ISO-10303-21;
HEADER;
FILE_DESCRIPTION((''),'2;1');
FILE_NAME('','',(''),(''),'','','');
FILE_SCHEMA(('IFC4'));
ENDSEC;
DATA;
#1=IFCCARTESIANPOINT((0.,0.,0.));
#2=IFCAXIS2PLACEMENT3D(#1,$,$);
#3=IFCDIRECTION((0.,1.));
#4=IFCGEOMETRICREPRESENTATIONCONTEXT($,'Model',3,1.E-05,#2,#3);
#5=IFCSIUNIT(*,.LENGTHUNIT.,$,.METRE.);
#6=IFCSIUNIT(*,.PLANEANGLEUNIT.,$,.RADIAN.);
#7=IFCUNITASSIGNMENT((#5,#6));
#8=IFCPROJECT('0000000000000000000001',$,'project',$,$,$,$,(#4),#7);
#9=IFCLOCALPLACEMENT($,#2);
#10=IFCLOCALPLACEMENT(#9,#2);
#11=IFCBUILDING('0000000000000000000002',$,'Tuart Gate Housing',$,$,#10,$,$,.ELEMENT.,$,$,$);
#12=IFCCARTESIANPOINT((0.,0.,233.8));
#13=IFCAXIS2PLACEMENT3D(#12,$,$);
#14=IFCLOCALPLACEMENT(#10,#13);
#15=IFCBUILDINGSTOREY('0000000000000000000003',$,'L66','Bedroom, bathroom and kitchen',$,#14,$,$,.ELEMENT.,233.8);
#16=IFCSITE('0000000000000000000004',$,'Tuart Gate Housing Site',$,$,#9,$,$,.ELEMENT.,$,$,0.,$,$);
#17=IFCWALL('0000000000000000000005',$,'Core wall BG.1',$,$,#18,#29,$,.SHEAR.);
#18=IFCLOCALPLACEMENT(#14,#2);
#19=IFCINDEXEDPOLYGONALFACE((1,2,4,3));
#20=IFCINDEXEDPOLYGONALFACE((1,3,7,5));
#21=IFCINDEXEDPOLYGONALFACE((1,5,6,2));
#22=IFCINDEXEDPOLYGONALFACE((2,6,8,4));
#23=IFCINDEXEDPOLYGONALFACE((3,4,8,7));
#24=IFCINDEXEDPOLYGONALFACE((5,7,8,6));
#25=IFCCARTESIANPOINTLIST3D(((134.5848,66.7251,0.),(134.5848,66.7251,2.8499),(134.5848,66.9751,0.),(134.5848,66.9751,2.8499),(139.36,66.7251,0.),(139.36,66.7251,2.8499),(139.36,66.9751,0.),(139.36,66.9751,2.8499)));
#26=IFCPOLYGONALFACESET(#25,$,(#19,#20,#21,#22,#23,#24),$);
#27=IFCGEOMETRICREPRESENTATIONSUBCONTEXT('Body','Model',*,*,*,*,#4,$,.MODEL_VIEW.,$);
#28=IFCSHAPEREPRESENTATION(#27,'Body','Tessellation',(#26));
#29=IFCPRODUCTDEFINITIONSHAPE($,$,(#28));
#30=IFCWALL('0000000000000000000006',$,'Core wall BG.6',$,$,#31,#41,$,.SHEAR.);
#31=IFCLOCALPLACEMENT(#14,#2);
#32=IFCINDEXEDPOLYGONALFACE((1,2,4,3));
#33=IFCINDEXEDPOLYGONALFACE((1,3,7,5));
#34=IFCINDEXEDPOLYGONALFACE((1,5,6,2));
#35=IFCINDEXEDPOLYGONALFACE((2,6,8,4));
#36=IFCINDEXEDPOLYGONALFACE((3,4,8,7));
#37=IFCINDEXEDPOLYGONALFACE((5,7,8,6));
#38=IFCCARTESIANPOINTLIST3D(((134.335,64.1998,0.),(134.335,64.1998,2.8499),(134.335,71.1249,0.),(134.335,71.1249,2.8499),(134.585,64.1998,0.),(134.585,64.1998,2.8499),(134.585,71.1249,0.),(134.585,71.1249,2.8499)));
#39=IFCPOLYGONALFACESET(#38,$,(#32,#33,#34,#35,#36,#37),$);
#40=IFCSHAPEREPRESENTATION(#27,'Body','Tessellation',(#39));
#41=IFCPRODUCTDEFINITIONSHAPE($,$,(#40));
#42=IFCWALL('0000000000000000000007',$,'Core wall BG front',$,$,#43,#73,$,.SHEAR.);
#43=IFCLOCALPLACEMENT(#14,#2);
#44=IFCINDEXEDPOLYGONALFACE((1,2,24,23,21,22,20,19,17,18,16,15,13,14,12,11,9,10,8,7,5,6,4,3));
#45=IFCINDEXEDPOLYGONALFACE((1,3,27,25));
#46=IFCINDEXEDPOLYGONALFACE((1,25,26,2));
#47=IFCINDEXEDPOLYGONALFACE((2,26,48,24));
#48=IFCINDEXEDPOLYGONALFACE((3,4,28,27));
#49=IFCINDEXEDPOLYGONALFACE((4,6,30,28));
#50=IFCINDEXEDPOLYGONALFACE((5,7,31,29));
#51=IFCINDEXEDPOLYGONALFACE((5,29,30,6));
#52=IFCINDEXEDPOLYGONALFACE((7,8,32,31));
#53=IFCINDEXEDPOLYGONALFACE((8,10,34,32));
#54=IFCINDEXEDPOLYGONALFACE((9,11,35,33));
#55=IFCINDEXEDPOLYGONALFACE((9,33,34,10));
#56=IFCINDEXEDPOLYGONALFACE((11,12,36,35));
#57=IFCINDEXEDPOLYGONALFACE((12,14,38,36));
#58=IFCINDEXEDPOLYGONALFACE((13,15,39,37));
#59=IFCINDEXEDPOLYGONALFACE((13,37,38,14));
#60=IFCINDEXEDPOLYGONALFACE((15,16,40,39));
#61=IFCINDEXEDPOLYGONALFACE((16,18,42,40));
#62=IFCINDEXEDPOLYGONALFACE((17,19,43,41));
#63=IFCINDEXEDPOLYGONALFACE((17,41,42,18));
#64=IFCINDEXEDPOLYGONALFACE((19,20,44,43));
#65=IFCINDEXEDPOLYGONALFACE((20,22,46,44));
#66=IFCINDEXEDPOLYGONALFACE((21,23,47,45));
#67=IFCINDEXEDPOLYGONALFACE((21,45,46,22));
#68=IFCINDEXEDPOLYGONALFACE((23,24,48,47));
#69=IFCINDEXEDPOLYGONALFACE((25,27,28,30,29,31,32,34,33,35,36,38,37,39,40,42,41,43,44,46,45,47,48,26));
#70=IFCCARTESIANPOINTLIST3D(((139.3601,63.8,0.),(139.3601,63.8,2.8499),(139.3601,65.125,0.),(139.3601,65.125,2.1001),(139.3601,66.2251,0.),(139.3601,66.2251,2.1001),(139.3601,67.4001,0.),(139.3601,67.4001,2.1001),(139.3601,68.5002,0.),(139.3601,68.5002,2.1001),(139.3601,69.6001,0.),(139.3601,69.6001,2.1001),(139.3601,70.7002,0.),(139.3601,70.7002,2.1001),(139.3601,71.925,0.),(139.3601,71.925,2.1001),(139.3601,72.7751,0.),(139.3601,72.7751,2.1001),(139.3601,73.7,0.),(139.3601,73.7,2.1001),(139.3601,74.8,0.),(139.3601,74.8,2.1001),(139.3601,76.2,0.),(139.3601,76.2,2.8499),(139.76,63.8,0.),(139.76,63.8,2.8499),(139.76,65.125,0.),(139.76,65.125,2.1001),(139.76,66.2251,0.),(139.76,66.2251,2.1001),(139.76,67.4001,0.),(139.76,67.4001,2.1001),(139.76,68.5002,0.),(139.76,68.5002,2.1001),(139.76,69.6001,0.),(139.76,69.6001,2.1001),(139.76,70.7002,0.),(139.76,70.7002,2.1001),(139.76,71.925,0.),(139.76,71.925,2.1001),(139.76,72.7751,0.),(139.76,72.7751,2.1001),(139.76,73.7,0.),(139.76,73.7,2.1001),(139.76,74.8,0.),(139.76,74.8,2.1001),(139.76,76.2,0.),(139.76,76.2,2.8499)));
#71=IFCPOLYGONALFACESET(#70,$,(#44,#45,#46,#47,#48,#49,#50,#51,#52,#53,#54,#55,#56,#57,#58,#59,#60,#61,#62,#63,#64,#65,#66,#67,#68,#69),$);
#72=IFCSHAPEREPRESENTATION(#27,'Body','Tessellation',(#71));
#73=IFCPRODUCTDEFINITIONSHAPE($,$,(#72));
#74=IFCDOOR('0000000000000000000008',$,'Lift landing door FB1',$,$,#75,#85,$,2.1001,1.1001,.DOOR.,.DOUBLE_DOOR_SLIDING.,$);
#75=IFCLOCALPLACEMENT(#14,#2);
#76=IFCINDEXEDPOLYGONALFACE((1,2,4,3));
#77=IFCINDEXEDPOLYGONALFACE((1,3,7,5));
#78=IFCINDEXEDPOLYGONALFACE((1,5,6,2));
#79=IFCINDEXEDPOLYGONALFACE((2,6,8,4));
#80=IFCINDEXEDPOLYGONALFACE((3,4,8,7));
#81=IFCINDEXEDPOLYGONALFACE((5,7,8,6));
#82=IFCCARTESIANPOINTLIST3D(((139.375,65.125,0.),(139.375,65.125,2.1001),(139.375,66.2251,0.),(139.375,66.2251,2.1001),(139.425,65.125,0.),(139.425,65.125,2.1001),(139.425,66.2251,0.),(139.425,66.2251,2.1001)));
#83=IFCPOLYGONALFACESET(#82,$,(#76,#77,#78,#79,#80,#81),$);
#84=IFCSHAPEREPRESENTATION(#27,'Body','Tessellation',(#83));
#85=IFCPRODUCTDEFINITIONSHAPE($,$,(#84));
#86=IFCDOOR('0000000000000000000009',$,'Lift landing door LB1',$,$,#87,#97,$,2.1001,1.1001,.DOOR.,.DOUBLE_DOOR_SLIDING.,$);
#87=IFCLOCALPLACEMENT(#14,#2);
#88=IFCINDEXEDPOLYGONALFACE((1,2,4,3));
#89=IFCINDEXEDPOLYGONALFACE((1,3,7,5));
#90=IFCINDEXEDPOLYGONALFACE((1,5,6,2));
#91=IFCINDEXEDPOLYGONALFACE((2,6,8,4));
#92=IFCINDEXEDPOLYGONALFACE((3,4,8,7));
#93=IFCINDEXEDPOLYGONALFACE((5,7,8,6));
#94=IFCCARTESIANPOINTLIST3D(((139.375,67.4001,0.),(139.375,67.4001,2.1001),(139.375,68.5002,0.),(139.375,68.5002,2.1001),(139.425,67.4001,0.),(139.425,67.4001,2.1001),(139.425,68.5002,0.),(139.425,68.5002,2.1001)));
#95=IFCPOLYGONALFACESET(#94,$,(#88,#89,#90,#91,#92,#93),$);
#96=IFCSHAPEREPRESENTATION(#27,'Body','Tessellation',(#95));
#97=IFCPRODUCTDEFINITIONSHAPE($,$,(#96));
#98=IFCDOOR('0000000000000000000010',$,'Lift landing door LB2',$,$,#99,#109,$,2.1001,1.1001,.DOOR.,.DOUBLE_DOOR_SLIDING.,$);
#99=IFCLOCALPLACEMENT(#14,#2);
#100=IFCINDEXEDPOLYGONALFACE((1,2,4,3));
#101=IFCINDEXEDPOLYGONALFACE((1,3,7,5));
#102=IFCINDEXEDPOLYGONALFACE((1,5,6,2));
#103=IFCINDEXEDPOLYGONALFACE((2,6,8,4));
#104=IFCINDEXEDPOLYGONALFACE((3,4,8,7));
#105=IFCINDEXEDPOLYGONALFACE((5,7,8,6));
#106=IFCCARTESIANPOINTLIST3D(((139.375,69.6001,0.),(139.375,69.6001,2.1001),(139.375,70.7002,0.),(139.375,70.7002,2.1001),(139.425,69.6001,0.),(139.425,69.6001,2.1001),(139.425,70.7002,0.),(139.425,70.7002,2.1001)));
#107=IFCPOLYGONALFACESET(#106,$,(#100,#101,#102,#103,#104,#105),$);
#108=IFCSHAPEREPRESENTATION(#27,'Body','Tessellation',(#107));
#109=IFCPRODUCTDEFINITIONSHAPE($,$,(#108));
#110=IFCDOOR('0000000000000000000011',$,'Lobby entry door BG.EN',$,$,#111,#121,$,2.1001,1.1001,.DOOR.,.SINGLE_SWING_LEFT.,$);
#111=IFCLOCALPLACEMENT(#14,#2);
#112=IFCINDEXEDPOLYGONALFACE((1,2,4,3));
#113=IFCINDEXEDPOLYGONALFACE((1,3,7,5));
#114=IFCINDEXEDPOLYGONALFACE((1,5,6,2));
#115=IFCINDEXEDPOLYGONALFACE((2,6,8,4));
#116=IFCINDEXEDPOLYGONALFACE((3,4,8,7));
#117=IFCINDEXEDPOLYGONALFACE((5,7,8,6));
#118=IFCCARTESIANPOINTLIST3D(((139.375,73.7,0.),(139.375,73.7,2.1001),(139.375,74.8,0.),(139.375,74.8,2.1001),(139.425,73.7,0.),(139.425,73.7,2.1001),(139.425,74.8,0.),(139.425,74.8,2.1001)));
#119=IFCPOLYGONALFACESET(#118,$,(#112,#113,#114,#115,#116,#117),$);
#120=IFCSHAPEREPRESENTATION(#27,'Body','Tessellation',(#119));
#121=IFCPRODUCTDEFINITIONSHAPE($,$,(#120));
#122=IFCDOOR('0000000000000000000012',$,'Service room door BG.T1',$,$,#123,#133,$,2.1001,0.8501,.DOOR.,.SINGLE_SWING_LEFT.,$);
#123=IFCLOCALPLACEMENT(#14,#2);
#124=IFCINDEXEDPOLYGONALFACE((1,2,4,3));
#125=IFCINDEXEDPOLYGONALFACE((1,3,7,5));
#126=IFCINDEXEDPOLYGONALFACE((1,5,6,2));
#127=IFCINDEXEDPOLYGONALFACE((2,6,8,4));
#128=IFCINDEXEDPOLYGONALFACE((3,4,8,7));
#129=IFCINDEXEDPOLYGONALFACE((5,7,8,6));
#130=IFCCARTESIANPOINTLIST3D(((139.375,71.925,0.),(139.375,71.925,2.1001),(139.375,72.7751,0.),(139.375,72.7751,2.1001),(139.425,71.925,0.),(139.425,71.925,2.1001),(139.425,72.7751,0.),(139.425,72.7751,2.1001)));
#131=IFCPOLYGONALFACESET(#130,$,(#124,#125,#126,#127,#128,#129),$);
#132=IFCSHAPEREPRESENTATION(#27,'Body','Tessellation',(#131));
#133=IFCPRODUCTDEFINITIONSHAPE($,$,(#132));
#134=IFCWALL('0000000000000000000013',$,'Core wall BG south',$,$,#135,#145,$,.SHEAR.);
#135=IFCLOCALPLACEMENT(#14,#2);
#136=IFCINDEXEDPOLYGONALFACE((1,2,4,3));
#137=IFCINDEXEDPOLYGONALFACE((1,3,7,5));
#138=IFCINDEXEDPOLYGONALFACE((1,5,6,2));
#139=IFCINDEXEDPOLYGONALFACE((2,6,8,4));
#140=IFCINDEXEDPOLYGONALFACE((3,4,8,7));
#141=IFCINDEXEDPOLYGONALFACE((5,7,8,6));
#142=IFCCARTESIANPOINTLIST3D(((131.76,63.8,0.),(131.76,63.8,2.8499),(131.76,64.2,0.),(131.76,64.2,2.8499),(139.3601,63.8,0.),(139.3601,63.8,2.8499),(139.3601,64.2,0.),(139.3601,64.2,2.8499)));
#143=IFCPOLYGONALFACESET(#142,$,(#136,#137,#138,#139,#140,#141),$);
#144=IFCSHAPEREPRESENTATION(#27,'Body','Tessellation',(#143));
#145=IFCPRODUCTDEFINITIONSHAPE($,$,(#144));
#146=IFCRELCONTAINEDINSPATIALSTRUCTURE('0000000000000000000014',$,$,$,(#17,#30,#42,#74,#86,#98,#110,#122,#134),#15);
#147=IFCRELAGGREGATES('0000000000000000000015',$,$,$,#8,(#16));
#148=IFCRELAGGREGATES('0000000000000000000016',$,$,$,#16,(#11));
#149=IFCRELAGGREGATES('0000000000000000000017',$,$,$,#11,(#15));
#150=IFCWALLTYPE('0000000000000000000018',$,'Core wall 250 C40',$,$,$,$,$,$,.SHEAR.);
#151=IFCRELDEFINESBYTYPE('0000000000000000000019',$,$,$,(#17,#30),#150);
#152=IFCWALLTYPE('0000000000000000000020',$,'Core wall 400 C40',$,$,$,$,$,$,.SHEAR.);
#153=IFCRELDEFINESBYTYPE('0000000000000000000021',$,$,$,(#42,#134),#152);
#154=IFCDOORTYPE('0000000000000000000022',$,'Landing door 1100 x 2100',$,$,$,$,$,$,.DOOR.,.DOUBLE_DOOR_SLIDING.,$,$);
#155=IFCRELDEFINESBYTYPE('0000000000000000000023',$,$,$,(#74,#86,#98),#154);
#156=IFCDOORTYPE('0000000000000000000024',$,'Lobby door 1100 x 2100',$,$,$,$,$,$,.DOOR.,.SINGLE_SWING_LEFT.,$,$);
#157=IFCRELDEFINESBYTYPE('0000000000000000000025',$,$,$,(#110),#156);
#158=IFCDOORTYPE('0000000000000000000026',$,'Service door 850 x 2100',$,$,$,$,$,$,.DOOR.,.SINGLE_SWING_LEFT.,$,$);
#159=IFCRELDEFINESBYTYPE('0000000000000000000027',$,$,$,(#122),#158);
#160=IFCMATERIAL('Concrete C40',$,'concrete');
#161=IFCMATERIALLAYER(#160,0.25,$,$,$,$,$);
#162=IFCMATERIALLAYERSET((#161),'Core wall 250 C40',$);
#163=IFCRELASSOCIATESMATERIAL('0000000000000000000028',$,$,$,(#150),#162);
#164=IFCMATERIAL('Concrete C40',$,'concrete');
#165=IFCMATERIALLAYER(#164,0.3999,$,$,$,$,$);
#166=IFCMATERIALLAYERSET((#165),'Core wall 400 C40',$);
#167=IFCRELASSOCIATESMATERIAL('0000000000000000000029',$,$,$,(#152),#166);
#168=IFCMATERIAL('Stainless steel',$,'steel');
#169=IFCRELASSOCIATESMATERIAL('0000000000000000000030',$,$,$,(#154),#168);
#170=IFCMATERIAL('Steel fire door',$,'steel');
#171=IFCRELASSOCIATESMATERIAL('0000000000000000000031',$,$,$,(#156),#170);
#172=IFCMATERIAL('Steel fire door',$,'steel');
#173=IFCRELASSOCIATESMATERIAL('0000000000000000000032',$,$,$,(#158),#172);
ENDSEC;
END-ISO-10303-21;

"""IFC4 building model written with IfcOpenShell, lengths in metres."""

from ifc_helpers import new_model, si_unit, direction, frame, frame_2d, origin, place, context, subcontext, project, spatial, rectangle, extrude, material, layer, layer_set, type_object, element, fill, save


model = new_model("IFC4")

# Units and contexts
model_context = context("Model", 3, precision=1e-05, world=origin(), true_north=direction((0.0, 1.0)))
body_context = subcontext(model_context, "Body", "Model", "MODEL_VIEW")
ifc_project = project(units=[si_unit("LENGTHUNIT", "METRE"), si_unit("PLANEANGLEUNIT", "RADIAN")], contexts=[model_context])

# Site, building, storey
site_placement = place(None, origin())
site = spatial("IfcSite", under=ifc_project, at=site_placement, Name="Tuart Gate Housing Site", CompositionType="ELEMENT", RefElevation=0.0)
building_placement = place(site_placement, origin())
building = spatial("IfcBuilding", under=site, at=building_placement, Name="Tuart Gate Housing", CompositionType="ELEMENT")
storey_placement = place(building_placement, frame((0.0, 0.0, 233.8)))
storey = spatial("IfcBuildingStorey", under=building, at=storey_placement, Name="L66", Description="Bedroom, bathroom and kitchen", CompositionType="ELEMENT", Elevation=233.8)

# Walls
ifc_material_1 = material(Name="Concrete C40", Category="concrete")
ifc_layer_1 = layer(ifc_material_1, 0.25)
ifc_layer_set_1 = layer_set([ifc_layer_1], Name="Core wall 250 C40")
wall_type_1 = type_object("IfcWallType", Name="Core wall 250 C40", PredefinedType="SHEAR", material=ifc_layer_set_1)
wall_1_placement = place(storey_placement, frame((139.3601, 66.8501, 0.0), z_axis=(0.0, 0.0, 1.0), x_axis=(-1.0, 0.0, 0.0)))
element("IfcWall", 1, at=wall_1_placement, inside=storey, type_object=wall_type_1, Name="Core wall BG.1", PredefinedType="SHEAR", context=body_context, shape_type="SweptSolid", body=[
    extrude(rectangle(XDim=4.7751, YDim=0.25, at=frame_2d((2.3877, 0.0))), origin(), (0.0, 0.0, 1.0), 2.8499),
])
wall_2_placement = place(storey_placement, frame((134.46, 64.2, 0.0), z_axis=(0.0, 0.0, 1.0), x_axis=(0.0, 1.0, 0.0)))
element("IfcWall", 2, at=wall_2_placement, inside=storey, type_object=wall_type_1, Name="Core wall BG.6", PredefinedType="SHEAR", context=body_context, shape_type="SweptSolid", body=[
    extrude(rectangle(XDim=6.925, YDim=0.25, at=frame_2d((3.4624, 0.0))), origin(), (0.0, 0.0, 1.0), 2.8499),
])

# Wall, openings, doors
ifc_material_2 = material(Name="Concrete C40", Category="concrete")
ifc_layer_2 = layer(ifc_material_2, 0.3999)
ifc_layer_set_2 = layer_set([ifc_layer_2], Name="Core wall 400 C40")
wall_type_2 = type_object("IfcWallType", Name="Core wall 400 C40", PredefinedType="SHEAR", material=ifc_layer_set_2)
wall_3_placement = place(storey_placement, frame((139.5601, 63.8, 0.0), z_axis=(0.0, 0.0, 1.0), x_axis=(0.0, 1.0, 0.0)))
wall_3 = element("IfcWall", 3, at=wall_3_placement, inside=storey, type_object=wall_type_2, Name="Core wall BG front", PredefinedType="SHEAR", context=body_context, shape_type="SweptSolid", body=[
    extrude(rectangle(XDim=12.3999, YDim=0.3999, at=frame_2d((6.2, 0.0))), origin(), (0.0, 0.0, 1.0), 2.8499),
])
opening_1_placement = place(wall_3_placement, frame((1.325, 0.0, 0.0)))
opening_1 = element("IfcOpeningElement", 4, at=opening_1_placement, cuts=wall_3, PredefinedType="OPENING", context=body_context, shape_type="SweptSolid", body=[
    extrude(rectangle(XDim=1.1001, YDim=2.1001, at=frame_2d((0.55, 1.05))), frame((0.0, 0.21, 0.0), z_axis=(0.0, -1.0, 0.0), x_axis=(1.0, 0.0, 0.0)), (0.0, 0.0, 1.0), 0.4199),
])
opening_2_placement = place(wall_3_placement, frame((3.6001, 0.0, 0.0)))
opening_2 = element("IfcOpeningElement", 5, at=opening_2_placement, cuts=wall_3, PredefinedType="OPENING", context=body_context, shape_type="SweptSolid", body=[
    extrude(rectangle(XDim=1.1001, YDim=2.1001, at=frame_2d((0.55, 1.05))), frame((0.0, 0.21, 0.0), z_axis=(0.0, -1.0, 0.0), x_axis=(1.0, 0.0, 0.0)), (0.0, 0.0, 1.0), 0.4199),
])
opening_3_placement = place(wall_3_placement, frame((5.8, 0.0, 0.0)))
opening_3 = element("IfcOpeningElement", 6, at=opening_3_placement, cuts=wall_3, PredefinedType="OPENING", context=body_context, shape_type="SweptSolid", body=[
    extrude(rectangle(XDim=1.1001, YDim=2.1001, at=frame_2d((0.55, 1.05))), frame((0.0, 0.21, 0.0), z_axis=(0.0, -1.0, 0.0), x_axis=(1.0, 0.0, 0.0)), (0.0, 0.0, 1.0), 0.4199),
])
opening_4_placement = place(wall_3_placement, frame((9.8999, 0.0, 0.0)))
opening_4 = element("IfcOpeningElement", 7, at=opening_4_placement, cuts=wall_3, PredefinedType="OPENING", context=body_context, shape_type="SweptSolid", body=[
    extrude(rectangle(XDim=1.1001, YDim=2.1001, at=frame_2d((0.55, 1.05))), frame((0.0, 0.21, 0.0), z_axis=(0.0, -1.0, 0.0), x_axis=(1.0, 0.0, 0.0)), (0.0, 0.0, 1.0), 0.4199),
])
opening_5_placement = place(wall_3_placement, frame((8.125, 0.0, 0.0)))
opening_5 = element("IfcOpeningElement", 8, at=opening_5_placement, cuts=wall_3, PredefinedType="OPENING", context=body_context, shape_type="SweptSolid", body=[
    extrude(rectangle(XDim=0.8501, YDim=2.1001, at=frame_2d((0.425, 1.05))), frame((0.0, 0.21, 0.0), z_axis=(0.0, -1.0, 0.0), x_axis=(1.0, 0.0, 0.0)), (0.0, 0.0, 1.0), 0.4199),
])
ifc_material_3 = material(Name="Stainless steel", Category="steel")
door_type_1 = type_object("IfcDoorType", Name="Landing door 1100 x 2100", OperationType="DOUBLE_DOOR_SLIDING", PredefinedType="DOOR", material=ifc_material_3)
door_1_placement = place(opening_1_placement, origin())
door_1 = element("IfcDoor", 9, at=door_1_placement, inside=storey, type_object=door_type_1, Name="Lift landing door FB1", OperationType="DOUBLE_DOOR_SLIDING", OverallHeight=2.1001, OverallWidth=1.1001, PredefinedType="DOOR", context=body_context, shape_type="SweptSolid", body=[
    extrude(rectangle(XDim=1.1001, YDim=2.1001, at=frame_2d((0.55, 1.05))), frame((0.0, 0.1851, 0.0), z_axis=(0.0, -1.0, 0.0), x_axis=(1.0, 0.0, 0.0)), (0.0, 0.0, 1.0), 0.05),
])
fill(opening_1, door_1)
door_2_placement = place(opening_2_placement, origin())
door_2 = element("IfcDoor", 10, at=door_2_placement, inside=storey, type_object=door_type_1, Name="Lift landing door LB1", OperationType="DOUBLE_DOOR_SLIDING", OverallHeight=2.1001, OverallWidth=1.1001, PredefinedType="DOOR", context=body_context, shape_type="SweptSolid", body=[
    extrude(rectangle(XDim=1.1001, YDim=2.1001, at=frame_2d((0.55, 1.05))), frame((0.0, 0.1851, 0.0), z_axis=(0.0, -1.0, 0.0), x_axis=(1.0, 0.0, 0.0)), (0.0, 0.0, 1.0), 0.05),
])
fill(opening_2, door_2)
door_3_placement = place(opening_3_placement, origin())
door_3 = element("IfcDoor", 11, at=door_3_placement, inside=storey, type_object=door_type_1, Name="Lift landing door LB2", OperationType="DOUBLE_DOOR_SLIDING", OverallHeight=2.1001, OverallWidth=1.1001, PredefinedType="DOOR", context=body_context, shape_type="SweptSolid", body=[
    extrude(rectangle(XDim=1.1001, YDim=2.1001, at=frame_2d((0.55, 1.05))), frame((0.0, 0.1851, 0.0), z_axis=(0.0, -1.0, 0.0), x_axis=(1.0, 0.0, 0.0)), (0.0, 0.0, 1.0), 0.05),
])
fill(opening_3, door_3)
ifc_material_4 = material(Name="Steel fire door", Category="steel")
door_type_2 = type_object("IfcDoorType", Name="Lobby door 1100 x 2100", OperationType="SINGLE_SWING_LEFT", PredefinedType="DOOR", material=ifc_material_4)
door_4_placement = place(opening_4_placement, origin())
door_4 = element("IfcDoor", 12, at=door_4_placement, inside=storey, type_object=door_type_2, Name="Lobby entry door BG.EN", OperationType="SINGLE_SWING_LEFT", OverallHeight=2.1001, OverallWidth=1.1001, PredefinedType="DOOR", context=body_context, shape_type="SweptSolid", body=[
    extrude(rectangle(XDim=1.1001, YDim=2.1001, at=frame_2d((0.55, 1.05))), frame((0.0, 0.1851, 0.0), z_axis=(0.0, -1.0, 0.0), x_axis=(1.0, 0.0, 0.0)), (0.0, 0.0, 1.0), 0.05),
])
fill(opening_4, door_4)
ifc_material_5 = material(Name="Steel fire door", Category="steel")
door_type_3 = type_object("IfcDoorType", Name="Service door 850 x 2100", OperationType="SINGLE_SWING_LEFT", PredefinedType="DOOR", material=ifc_material_5)
door_5_placement = place(opening_5_placement, origin())
door_5 = element("IfcDoor", 13, at=door_5_placement, inside=storey, type_object=door_type_3, Name="Service room door BG.T1", OperationType="SINGLE_SWING_LEFT", OverallHeight=2.1001, OverallWidth=0.8501, PredefinedType="DOOR", context=body_context, shape_type="SweptSolid", body=[
    extrude(rectangle(XDim=0.8501, YDim=2.1001, at=frame_2d((0.425, 1.05))), frame((0.0, 0.1851, 0.0), z_axis=(0.0, -1.0, 0.0), x_axis=(1.0, 0.0, 0.0)), (0.0, 0.0, 1.0), 0.05),
])
fill(opening_5, door_5)

# Wall
wall_4_placement = place(storey_placement, frame((139.3601, 64.0, 0.0), z_axis=(0.0, 0.0, 1.0), x_axis=(-1.0, 0.0, 0.0)))
element("IfcWall", 14, at=wall_4_placement, inside=storey, type_object=wall_type_2, Name="Core wall BG south", PredefinedType="SHEAR", context=body_context, shape_type="SweptSolid", body=[
    extrude(rectangle(XDim=7.6001, YDim=0.3999, at=frame_2d((3.8, 0.0))), origin(), (0.0, 0.0, 1.0), 2.8499),
])

save(model, "model.ifc")
